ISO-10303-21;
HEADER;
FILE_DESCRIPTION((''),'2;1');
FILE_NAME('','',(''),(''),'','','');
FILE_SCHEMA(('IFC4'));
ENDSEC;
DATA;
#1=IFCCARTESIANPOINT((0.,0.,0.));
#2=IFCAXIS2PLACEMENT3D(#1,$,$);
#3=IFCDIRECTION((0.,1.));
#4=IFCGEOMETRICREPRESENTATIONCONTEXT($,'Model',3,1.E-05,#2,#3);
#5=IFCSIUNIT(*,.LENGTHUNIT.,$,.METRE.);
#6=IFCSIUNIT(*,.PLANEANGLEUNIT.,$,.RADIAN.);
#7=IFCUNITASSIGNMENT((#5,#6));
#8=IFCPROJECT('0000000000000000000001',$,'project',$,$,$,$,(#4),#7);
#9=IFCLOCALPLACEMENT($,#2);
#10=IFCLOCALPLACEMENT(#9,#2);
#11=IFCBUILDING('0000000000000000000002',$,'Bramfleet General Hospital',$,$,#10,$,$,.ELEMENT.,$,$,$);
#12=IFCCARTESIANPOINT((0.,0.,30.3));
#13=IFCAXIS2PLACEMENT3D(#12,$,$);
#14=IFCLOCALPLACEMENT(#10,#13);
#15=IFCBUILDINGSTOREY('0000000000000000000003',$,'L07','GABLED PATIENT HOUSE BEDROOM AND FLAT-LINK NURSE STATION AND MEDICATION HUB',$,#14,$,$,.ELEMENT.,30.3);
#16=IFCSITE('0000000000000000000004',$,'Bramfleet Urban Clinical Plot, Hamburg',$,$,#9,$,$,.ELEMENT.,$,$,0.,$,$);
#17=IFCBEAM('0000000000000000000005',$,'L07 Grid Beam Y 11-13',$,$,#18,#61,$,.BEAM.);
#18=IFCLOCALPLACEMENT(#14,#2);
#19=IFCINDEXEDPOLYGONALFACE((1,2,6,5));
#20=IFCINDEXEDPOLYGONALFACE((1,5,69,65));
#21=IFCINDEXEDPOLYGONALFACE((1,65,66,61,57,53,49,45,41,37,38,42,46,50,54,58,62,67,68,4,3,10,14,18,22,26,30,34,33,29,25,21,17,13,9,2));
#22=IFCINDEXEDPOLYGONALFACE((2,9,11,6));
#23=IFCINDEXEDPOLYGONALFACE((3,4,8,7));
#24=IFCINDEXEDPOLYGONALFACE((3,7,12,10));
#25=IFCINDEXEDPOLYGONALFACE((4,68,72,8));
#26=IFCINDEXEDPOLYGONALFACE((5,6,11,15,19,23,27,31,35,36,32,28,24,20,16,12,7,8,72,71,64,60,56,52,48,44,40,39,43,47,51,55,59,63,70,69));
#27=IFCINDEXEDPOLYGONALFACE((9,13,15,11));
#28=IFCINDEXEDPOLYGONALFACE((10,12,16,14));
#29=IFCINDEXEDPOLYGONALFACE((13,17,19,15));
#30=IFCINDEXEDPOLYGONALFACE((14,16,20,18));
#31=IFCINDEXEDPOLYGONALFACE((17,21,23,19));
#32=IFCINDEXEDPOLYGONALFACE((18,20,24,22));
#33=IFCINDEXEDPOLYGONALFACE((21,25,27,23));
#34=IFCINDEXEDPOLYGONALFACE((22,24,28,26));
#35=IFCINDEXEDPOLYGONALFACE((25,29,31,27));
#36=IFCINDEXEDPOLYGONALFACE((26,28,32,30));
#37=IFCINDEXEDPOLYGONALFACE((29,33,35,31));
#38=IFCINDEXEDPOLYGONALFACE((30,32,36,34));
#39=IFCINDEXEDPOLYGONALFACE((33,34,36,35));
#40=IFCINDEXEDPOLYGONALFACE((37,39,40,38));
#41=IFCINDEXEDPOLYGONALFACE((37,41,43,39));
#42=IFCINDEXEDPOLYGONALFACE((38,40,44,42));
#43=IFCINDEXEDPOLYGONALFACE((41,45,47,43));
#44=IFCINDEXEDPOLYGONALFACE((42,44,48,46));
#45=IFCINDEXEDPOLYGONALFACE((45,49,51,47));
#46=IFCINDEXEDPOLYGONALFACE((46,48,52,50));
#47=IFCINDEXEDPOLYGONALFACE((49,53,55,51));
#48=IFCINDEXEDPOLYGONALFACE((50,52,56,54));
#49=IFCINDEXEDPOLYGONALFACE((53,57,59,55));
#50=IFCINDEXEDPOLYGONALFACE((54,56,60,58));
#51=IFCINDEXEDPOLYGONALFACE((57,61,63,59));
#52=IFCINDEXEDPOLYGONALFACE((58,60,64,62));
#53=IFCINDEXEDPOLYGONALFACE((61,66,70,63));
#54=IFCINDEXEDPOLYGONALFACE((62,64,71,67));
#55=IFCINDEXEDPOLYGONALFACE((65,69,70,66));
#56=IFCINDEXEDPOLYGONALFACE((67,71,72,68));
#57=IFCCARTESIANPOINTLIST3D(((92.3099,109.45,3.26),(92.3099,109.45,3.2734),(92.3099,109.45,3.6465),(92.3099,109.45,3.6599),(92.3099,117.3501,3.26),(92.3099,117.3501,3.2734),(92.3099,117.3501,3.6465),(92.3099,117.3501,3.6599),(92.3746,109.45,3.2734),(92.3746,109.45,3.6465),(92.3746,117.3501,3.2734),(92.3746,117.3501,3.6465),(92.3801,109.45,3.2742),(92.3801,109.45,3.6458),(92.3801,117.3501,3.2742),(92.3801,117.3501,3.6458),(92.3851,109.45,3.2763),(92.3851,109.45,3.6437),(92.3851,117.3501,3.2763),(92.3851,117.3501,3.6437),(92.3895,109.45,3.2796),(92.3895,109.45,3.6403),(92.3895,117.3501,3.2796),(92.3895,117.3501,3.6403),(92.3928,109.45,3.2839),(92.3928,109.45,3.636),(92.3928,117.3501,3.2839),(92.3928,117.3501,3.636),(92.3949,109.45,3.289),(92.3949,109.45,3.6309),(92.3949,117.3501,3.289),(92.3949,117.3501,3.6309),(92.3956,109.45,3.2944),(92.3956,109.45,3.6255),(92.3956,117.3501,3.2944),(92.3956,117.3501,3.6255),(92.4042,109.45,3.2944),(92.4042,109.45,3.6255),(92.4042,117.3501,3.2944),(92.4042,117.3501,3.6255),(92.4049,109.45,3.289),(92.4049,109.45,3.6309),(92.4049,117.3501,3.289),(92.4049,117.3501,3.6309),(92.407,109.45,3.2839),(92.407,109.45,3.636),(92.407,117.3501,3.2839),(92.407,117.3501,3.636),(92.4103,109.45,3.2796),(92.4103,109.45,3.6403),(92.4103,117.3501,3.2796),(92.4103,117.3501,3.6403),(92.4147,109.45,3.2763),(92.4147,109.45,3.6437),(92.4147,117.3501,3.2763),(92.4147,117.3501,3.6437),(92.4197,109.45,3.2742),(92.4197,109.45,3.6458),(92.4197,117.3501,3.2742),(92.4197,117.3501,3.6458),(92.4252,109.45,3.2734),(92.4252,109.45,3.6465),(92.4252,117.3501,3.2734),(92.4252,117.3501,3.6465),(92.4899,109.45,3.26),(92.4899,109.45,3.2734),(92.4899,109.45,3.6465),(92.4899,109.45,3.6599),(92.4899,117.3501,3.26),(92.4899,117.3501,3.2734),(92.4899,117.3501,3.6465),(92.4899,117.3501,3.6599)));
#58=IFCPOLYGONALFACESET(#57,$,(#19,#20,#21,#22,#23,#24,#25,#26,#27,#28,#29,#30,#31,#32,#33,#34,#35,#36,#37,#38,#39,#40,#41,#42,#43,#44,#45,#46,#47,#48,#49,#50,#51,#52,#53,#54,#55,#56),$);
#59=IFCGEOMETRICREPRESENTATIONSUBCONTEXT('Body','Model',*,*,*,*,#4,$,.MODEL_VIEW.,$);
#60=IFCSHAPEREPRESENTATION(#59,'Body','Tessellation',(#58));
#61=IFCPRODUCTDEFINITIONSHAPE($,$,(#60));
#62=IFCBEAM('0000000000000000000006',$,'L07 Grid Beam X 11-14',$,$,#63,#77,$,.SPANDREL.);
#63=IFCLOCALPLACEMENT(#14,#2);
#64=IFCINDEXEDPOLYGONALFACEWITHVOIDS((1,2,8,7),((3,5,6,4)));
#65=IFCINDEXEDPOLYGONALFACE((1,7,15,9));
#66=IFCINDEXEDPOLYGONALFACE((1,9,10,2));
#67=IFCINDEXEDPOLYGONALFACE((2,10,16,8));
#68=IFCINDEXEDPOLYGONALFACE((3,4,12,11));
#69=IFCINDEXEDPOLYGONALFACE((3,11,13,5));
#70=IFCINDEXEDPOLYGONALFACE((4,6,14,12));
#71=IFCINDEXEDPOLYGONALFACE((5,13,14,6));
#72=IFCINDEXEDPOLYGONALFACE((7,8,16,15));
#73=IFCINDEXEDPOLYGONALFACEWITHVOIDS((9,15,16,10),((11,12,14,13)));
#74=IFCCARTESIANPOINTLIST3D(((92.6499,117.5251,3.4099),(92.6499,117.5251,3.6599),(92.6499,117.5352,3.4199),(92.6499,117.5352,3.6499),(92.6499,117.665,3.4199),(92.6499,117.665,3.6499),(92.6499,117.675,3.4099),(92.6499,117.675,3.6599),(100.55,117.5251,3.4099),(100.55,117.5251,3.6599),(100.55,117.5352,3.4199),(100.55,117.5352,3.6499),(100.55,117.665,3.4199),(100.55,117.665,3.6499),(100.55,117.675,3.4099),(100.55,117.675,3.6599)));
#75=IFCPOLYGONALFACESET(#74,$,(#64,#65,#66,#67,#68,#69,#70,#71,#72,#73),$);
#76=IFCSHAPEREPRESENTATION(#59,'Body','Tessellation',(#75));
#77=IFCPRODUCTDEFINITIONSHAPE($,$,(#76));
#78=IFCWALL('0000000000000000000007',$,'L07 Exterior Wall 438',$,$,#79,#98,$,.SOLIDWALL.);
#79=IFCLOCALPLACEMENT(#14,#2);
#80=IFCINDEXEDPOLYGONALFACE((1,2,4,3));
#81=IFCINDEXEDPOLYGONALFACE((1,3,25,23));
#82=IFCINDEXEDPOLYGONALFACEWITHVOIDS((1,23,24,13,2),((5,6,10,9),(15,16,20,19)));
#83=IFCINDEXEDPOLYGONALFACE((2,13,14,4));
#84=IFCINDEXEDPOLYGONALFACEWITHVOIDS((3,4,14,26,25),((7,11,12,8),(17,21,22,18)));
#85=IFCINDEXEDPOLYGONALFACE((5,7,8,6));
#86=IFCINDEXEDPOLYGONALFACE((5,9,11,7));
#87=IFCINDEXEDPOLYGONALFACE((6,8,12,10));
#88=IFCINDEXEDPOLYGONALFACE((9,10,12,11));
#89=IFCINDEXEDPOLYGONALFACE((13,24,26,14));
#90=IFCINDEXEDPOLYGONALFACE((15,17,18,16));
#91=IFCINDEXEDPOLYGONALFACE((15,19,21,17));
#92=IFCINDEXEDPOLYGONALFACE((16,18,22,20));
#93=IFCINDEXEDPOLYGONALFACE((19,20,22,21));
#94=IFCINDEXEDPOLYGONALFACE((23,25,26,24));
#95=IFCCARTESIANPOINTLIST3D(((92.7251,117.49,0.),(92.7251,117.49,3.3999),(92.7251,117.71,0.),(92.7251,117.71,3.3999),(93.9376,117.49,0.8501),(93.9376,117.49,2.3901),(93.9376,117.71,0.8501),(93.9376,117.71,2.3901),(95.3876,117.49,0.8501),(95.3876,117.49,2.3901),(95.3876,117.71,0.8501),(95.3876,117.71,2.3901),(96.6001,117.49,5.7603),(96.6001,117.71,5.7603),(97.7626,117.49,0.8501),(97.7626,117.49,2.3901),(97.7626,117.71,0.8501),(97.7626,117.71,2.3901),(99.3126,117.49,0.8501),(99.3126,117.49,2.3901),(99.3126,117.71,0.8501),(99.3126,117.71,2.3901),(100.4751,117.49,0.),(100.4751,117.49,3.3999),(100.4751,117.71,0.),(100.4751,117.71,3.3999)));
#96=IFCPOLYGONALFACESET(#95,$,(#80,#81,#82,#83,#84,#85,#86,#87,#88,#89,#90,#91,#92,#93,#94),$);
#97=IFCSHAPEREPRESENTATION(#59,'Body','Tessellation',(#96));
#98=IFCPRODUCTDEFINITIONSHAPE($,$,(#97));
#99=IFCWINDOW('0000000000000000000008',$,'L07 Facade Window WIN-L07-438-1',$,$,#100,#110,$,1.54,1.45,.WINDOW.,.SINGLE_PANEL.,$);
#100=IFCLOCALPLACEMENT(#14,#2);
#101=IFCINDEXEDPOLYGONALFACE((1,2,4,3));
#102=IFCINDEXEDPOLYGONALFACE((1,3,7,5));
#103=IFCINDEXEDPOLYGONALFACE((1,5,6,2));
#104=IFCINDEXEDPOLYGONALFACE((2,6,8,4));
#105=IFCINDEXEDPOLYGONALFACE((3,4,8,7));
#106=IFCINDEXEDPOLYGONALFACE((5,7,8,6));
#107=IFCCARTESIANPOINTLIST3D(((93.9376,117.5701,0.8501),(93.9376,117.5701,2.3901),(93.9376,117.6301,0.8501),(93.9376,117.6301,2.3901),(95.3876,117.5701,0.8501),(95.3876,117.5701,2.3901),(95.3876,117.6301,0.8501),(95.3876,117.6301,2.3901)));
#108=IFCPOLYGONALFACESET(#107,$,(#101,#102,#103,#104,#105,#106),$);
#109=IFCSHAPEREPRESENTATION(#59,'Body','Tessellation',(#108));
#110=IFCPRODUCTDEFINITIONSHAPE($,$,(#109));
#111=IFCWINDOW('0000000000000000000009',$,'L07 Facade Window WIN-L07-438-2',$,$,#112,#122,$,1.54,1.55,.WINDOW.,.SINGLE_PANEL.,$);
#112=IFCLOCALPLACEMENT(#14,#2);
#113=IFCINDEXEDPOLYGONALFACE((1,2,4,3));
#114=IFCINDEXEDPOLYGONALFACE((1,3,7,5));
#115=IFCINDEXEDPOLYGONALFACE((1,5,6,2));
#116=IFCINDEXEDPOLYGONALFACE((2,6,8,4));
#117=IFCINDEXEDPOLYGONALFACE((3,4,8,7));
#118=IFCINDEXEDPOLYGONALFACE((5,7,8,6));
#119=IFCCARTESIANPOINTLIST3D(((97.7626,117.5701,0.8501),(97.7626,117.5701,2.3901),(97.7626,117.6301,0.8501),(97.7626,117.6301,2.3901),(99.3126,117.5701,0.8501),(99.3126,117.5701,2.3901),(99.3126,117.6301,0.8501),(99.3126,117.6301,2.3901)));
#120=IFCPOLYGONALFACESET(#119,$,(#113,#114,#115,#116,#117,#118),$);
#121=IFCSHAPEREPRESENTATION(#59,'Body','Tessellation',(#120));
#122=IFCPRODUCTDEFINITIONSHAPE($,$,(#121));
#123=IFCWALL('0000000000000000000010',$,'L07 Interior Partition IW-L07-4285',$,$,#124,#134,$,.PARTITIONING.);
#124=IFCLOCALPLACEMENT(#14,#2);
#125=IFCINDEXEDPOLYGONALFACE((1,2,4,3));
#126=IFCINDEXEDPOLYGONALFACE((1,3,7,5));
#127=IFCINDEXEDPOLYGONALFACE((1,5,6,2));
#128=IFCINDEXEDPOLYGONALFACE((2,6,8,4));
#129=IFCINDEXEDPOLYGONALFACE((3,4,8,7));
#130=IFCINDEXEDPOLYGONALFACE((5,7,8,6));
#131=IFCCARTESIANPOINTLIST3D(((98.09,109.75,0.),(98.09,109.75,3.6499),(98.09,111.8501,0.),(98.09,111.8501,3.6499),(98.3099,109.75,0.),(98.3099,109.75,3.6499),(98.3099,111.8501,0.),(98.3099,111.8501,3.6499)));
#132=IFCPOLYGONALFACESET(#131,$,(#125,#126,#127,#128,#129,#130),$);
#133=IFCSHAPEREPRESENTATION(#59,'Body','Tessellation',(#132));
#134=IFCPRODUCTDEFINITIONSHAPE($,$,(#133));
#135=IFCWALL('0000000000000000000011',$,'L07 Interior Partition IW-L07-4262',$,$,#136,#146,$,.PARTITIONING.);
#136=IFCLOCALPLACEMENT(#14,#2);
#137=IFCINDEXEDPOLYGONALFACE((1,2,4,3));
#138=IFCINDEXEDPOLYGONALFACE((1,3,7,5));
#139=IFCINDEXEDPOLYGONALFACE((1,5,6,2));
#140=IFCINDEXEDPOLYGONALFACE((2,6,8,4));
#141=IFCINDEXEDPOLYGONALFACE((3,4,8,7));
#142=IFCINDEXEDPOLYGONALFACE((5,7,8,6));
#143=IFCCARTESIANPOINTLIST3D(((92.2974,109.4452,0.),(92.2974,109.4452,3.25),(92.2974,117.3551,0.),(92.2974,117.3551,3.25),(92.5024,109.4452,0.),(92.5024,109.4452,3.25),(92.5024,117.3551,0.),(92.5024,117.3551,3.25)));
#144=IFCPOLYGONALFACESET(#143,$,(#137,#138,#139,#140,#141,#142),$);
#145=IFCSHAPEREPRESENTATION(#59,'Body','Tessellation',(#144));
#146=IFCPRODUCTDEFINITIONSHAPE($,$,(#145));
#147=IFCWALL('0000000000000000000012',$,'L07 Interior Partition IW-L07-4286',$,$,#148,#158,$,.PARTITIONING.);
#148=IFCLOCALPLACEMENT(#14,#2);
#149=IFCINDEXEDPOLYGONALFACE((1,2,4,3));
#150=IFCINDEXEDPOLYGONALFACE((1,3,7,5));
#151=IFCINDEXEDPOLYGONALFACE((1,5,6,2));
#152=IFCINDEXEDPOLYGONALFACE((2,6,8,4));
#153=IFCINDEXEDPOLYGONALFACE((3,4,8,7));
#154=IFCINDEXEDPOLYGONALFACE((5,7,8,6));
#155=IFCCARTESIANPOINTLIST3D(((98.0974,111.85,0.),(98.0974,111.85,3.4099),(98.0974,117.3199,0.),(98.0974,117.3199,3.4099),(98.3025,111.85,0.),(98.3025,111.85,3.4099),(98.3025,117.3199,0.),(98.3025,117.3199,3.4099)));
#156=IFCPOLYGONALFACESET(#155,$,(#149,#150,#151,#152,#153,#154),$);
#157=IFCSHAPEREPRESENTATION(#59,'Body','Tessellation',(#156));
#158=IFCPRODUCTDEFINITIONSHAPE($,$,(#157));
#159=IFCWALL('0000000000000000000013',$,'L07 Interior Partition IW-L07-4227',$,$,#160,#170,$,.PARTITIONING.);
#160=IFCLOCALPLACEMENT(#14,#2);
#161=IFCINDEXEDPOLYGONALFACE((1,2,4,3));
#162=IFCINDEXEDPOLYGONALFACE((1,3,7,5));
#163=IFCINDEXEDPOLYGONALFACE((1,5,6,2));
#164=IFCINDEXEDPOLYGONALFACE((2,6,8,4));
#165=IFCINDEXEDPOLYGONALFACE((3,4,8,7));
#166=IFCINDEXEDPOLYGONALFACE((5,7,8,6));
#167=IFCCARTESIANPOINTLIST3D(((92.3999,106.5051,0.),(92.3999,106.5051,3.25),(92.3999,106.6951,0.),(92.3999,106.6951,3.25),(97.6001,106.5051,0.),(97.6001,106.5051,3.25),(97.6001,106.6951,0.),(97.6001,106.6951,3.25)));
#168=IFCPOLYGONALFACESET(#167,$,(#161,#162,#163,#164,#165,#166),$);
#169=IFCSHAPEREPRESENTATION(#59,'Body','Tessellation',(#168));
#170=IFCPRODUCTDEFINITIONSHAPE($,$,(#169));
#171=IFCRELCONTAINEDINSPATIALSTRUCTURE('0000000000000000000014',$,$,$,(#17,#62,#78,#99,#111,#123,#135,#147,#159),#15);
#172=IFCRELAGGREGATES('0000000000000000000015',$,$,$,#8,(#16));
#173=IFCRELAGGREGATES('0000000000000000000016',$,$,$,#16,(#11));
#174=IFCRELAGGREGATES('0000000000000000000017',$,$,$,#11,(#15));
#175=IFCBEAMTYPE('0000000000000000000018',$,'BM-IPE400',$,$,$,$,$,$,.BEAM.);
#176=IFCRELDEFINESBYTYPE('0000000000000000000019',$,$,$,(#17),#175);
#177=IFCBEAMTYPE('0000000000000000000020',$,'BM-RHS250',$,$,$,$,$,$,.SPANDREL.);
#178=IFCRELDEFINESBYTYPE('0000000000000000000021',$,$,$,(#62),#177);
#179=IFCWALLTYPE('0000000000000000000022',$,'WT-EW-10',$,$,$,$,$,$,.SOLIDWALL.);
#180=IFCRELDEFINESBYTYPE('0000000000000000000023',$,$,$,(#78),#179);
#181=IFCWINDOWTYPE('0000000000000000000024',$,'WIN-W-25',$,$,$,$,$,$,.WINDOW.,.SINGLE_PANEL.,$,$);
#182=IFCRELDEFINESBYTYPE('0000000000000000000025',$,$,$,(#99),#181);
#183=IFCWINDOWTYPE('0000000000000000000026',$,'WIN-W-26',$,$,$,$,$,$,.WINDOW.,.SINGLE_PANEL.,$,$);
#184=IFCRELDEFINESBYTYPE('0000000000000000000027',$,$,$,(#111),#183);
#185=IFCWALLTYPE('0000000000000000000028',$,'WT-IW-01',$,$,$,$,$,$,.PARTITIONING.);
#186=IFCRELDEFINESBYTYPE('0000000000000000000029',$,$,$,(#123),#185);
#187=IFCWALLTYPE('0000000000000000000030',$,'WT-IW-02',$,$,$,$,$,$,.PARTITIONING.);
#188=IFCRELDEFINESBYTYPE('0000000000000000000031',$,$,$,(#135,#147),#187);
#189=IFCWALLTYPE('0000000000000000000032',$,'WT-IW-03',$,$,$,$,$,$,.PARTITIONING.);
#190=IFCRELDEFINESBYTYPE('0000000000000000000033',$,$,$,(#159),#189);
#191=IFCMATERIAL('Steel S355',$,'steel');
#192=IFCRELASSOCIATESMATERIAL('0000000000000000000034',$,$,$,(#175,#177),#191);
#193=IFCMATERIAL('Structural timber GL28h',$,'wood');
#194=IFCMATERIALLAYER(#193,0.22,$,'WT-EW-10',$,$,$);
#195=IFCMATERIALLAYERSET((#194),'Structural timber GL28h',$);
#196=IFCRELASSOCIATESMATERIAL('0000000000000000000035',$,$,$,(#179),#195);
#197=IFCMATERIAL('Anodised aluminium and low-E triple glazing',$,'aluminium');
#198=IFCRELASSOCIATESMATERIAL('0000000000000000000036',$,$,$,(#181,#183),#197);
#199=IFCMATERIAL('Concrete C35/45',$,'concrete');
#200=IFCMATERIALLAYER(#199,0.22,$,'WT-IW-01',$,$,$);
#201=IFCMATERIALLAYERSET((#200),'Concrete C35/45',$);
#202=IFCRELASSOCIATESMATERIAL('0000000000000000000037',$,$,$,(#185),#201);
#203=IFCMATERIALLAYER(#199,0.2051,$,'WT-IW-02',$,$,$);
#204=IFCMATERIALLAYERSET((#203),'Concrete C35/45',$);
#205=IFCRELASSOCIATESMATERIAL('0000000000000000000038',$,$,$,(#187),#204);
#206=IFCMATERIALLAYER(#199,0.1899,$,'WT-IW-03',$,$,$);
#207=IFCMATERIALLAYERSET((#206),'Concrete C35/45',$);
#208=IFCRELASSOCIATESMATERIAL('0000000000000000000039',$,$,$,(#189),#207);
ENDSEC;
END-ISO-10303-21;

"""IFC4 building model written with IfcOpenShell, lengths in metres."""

from ifc_helpers import new_model, si_unit, direction, frame, frame_2d, origin, origin_2d, place, context, subcontext, project, spatial, polyline, rectangle, hollow_rectangle, i_section, outline, extrude, material, layer, layer_set, material_profile, profile_set, type_object, element, fill, save


model = new_model("IFC4")

# Units and contexts
model_context = context("Model", 3, precision=1e-05, world=origin(), true_north=direction((0.0, 1.0)))
body_context = subcontext(model_context, "Body", "Model", "MODEL_VIEW")
ifc_project = project(units=[si_unit("LENGTHUNIT", "METRE"), si_unit("PLANEANGLEUNIT", "RADIAN")], contexts=[model_context])

# Site, building, storey
site_placement = place(None, origin())
site = spatial("IfcSite", under=ifc_project, at=site_placement, Name="Bramfleet Urban Clinical Plot, Hamburg", CompositionType="ELEMENT", RefElevation=0.0)
building_placement = place(site_placement, origin())
building = spatial("IfcBuilding", under=site, at=building_placement, Name="Bramfleet General Hospital", CompositionType="ELEMENT")
storey_placement = place(building_placement, frame((0.0, 0.0, 30.3)))
storey = spatial("IfcBuildingStorey", under=building, at=storey_placement, Name="L07", Description="GABLED PATIENT HOUSE BEDROOM AND FLAT-LINK NURSE STATION AND MEDICATION HUB", CompositionType="ELEMENT", Elevation=30.3)

# Beams
ifc_material_1 = material(Name="Steel S355", Category="steel")
ifc_material_profile_1 = material_profile(ifc_material_1, i_section(OverallWidth=0.1799, OverallDepth=0.3999, WebThickness=0.0085, FlangeThickness=0.0134, FilletRadius=0.021, at=origin_2d()), Name="IPE 400")
ifc_profile_set_1 = profile_set([ifc_material_profile_1], Name="Steel S355")
beam_type_1 = type_object("IfcBeamType", Name="BM-IPE400", PredefinedType="BEAM", material=ifc_profile_set_1)
for number, where, z_axis, x_axis, name in (
    (1, (92.3999, 109.45, 3.46), (0.0, 1.0, 0.0), (-1.0, 0.0, 0.0), "L07 Grid Beam Y 11-13"),
):
    element("IfcBeam", number, at=place(storey_placement, frame(where, z_axis=z_axis, x_axis=x_axis)), inside=storey, type_object=beam_type_1, Name=name, PredefinedType="BEAM", context=body_context, shape_type="SweptSolid", body=[
        extrude(i_section(OverallWidth=0.1799, OverallDepth=0.3999, WebThickness=0.0085, FlangeThickness=0.0134, FilletRadius=0.021, at=origin_2d()), origin(), (0.0, 0.0, 1.0), 7.9001),
    ])
ifc_material_profile_2 = material_profile(ifc_material_1, hollow_rectangle(XDim=0.1499, YDim=0.25, WallThickness=0.01, at=origin_2d()), Name="RHS 250x150x10.0")
ifc_profile_set_2 = profile_set([ifc_material_profile_2], Name="Steel S355")
beam_type_2 = type_object("IfcBeamType", Name="BM-RHS250", PredefinedType="SPANDREL", material=ifc_profile_set_2)
beam_placement = place(storey_placement, frame((92.6499, 117.6001, 3.5349), z_axis=(1.0, 0.0, 0.0), x_axis=(0.0, 1.0, 0.0)))
element("IfcBeam", 2, at=beam_placement, inside=storey, type_object=beam_type_2, Name="L07 Grid Beam X 11-14", PredefinedType="SPANDREL", context=body_context, shape_type="SweptSolid", body=[
    extrude(hollow_rectangle(XDim=0.1499, YDim=0.25, WallThickness=0.01, at=origin_2d()), origin(), (0.0, 0.0, 1.0), 7.9001),
])

# Wall, openings, windows
ifc_material_2 = material(Name="Structural timber GL28h", Category="wood")
ifc_layer_1 = layer(ifc_material_2, 0.22, Name="WT-EW-10")
ifc_layer_set_1 = layer_set([ifc_layer_1], Name="Structural timber GL28h")
wall_type_1 = type_object("IfcWallType", Name="WT-EW-10", PredefinedType="SOLIDWALL", material=ifc_layer_set_1)
wall_1_placement = place(storey_placement, frame((92.7251, 117.6001, 0.0), z_axis=(0.0, 0.0, 1.0), x_axis=(1.0, 0.0, 0.0)))
wall_1 = element("IfcWall", 3, at=wall_1_placement, inside=storey, type_object=wall_type_1, Name="L07 Exterior Wall 438", PredefinedType="SOLIDWALL", context=body_context, shape_type="SweptSolid", body=[
    extrude(outline(polyline([(0.0, 0.0), (7.75, 0.0), (7.75, 3.3999), (3.875, 5.7603), (0.0, 3.3999), (0.0, 0.0)])), frame((0.0, 0.1099, 0.0), z_axis=(0.0, -1.0, 0.0), x_axis=(1.0, 0.0, 0.0)), (0.0, 0.0, 1.0), 0.22),
])
opening_1_placement = place(wall_1_placement, frame((1.2124, 0.0, 0.8501)))
opening_1 = element("IfcOpeningElement", 4, at=opening_1_placement, cuts=wall_1, PredefinedType="OPENING", context=body_context, shape_type="SweptSolid", body=[
    extrude(rectangle(XDim=1.45, YDim=1.54, at=frame_2d((0.7251, 0.77))), frame((0.0, 0.1199, 0.0), z_axis=(0.0, -1.0, 0.0), x_axis=(1.0, 0.0, 0.0)), (0.0, 0.0, 1.0), 0.24),
])
opening_2_placement = place(wall_1_placement, frame((5.0376, 0.0, 0.8501)))
opening_2 = element("IfcOpeningElement", 5, at=opening_2_placement, cuts=wall_1, PredefinedType="OPENING", context=body_context, shape_type="SweptSolid", body=[
    extrude(rectangle(XDim=1.55, YDim=1.54, at=frame_2d((0.7749, 0.77))), frame((0.0, 0.1199, 0.0), z_axis=(0.0, -1.0, 0.0), x_axis=(1.0, 0.0, 0.0)), (0.0, 0.0, 1.0), 0.24),
])
ifc_material_3 = material(Name="Anodised aluminium and low-E triple glazing", Category="aluminium")
window_type_1 = type_object("IfcWindowType", Name="WIN-W-25", PartitioningType="SINGLE_PANEL", PredefinedType="WINDOW", material=ifc_material_3)
window_1_placement = place(opening_1_placement, origin())
window_1 = element("IfcWindow", 6, at=window_1_placement, inside=storey, type_object=window_type_1, Name="L07 Facade Window WIN-L07-438-1", OverallHeight=1.54, OverallWidth=1.45, PartitioningType="SINGLE_PANEL", PredefinedType="WINDOW", context=body_context, shape_type="SweptSolid", body=[
    extrude(rectangle(XDim=1.45, YDim=1.54, at=frame_2d((0.7251, 0.77))), frame((0.0, 0.03, 0.0), z_axis=(0.0, -1.0, 0.0), x_axis=(1.0, 0.0, 0.0)), (0.0, 0.0, 1.0), 0.0601),
])
fill(opening_1, window_1)
window_type_2 = type_object("IfcWindowType", Name="WIN-W-26", PartitioningType="SINGLE_PANEL", PredefinedType="WINDOW", material=ifc_material_3)
window_2_placement = place(opening_2_placement, origin())
window_2 = element("IfcWindow", 7, at=window_2_placement, inside=storey, type_object=window_type_2, Name="L07 Facade Window WIN-L07-438-2", OverallHeight=1.54, OverallWidth=1.55, PartitioningType="SINGLE_PANEL", PredefinedType="WINDOW", context=body_context, shape_type="SweptSolid", body=[
    extrude(rectangle(XDim=1.55, YDim=1.54, at=frame_2d((0.7749, 0.77))), frame((0.0, 0.03, 0.0), z_axis=(0.0, -1.0, 0.0), x_axis=(1.0, 0.0, 0.0)), (0.0, 0.0, 1.0), 0.0601),
])
fill(opening_2, window_2)

# Walls
ifc_material_4 = material(Name="Concrete C35/45", Category="concrete")
ifc_layer_2 = layer(ifc_material_4, 0.22, Name="WT-IW-01")
ifc_layer_set_2 = layer_set([ifc_layer_2], Name="Concrete C35/45")
wall_type_2 = type_object("IfcWallType", Name="WT-IW-01", PredefinedType="PARTITIONING", material=ifc_layer_set_2)
wall_2_placement = place(storey_placement, frame((98.2, 109.75, 0.0), z_axis=(0.0, 0.0, 1.0), x_axis=(0.0, 1.0, 0.0)))
element("IfcWall", 8, at=wall_2_placement, inside=storey, type_object=wall_type_2, Name="L07 Interior Partition IW-L07-4285", PredefinedType="PARTITIONING", context=body_context, shape_type="SweptSolid", body=[
    extrude(rectangle(XDim=2.1001, YDim=0.22, at=frame_2d((1.05, 0.0))), origin(), (0.0, 0.0, 1.0), 3.6499),
])
ifc_layer_3 = layer(ifc_material_4, 0.2051, Name="WT-IW-02")
ifc_layer_set_3 = layer_set([ifc_layer_3], Name="Concrete C35/45")
wall_type_3 = type_object("IfcWallType", Name="WT-IW-02", PredefinedType="PARTITIONING", material=ifc_layer_set_3)
wall_3_placement = place(storey_placement, frame((92.3999, 109.4451, 0.0), z_axis=(0.0, 0.0, 1.0), x_axis=(0.0, 1.0, 0.0)))
element("IfcWall", 9, at=wall_3_placement, inside=storey, type_object=wall_type_3, Name="L07 Interior Partition IW-L07-4262", PredefinedType="PARTITIONING", context=body_context, shape_type="SweptSolid", body=[
    extrude(rectangle(XDim=7.9099, YDim=0.2051, at=frame_2d((3.9551, 0.0))), origin(), (0.0, 0.0, 1.0), 3.25),
])
wall_4_placement = place(storey_placement, frame((98.2, 111.8501, 0.0), z_axis=(0.0, 0.0, 1.0), x_axis=(0.0, 1.0, 0.0)))
element("IfcWall", 10, at=wall_4_placement, inside=storey, type_object=wall_type_3, Name="L07 Interior Partition IW-L07-4286", PredefinedType="PARTITIONING", context=body_context, shape_type="SweptSolid", body=[
    extrude(rectangle(XDim=5.47, YDim=0.2051, at=frame_2d((2.7349, 0.0))), origin(), (0.0, 0.0, 1.0), 3.4099),
])
ifc_layer_4 = layer(ifc_material_4, 0.1899, Name="WT-IW-03")
ifc_layer_set_4 = layer_set([ifc_layer_4], Name="Concrete C35/45")
wall_type_4 = type_object("IfcWallType", Name="WT-IW-03", PredefinedType="PARTITIONING", material=ifc_layer_set_4)
wall_5_placement = place(storey_placement, frame((92.3999, 106.6001, 0.0), z_axis=(0.0, 0.0, 1.0), x_axis=(1.0, 0.0, 0.0)))
element("IfcWall", 11, at=wall_5_placement, inside=storey, type_object=wall_type_4, Name="L07 Interior Partition IW-L07-4227", PredefinedType="PARTITIONING", context=body_context, shape_type="SweptSolid", body=[
    extrude(rectangle(XDim=5.2002, YDim=0.1899, at=frame_2d((2.6001, 0.0))), origin(), (0.0, 0.0, 1.0), 3.25),
])

save(model, "model.ifc")
